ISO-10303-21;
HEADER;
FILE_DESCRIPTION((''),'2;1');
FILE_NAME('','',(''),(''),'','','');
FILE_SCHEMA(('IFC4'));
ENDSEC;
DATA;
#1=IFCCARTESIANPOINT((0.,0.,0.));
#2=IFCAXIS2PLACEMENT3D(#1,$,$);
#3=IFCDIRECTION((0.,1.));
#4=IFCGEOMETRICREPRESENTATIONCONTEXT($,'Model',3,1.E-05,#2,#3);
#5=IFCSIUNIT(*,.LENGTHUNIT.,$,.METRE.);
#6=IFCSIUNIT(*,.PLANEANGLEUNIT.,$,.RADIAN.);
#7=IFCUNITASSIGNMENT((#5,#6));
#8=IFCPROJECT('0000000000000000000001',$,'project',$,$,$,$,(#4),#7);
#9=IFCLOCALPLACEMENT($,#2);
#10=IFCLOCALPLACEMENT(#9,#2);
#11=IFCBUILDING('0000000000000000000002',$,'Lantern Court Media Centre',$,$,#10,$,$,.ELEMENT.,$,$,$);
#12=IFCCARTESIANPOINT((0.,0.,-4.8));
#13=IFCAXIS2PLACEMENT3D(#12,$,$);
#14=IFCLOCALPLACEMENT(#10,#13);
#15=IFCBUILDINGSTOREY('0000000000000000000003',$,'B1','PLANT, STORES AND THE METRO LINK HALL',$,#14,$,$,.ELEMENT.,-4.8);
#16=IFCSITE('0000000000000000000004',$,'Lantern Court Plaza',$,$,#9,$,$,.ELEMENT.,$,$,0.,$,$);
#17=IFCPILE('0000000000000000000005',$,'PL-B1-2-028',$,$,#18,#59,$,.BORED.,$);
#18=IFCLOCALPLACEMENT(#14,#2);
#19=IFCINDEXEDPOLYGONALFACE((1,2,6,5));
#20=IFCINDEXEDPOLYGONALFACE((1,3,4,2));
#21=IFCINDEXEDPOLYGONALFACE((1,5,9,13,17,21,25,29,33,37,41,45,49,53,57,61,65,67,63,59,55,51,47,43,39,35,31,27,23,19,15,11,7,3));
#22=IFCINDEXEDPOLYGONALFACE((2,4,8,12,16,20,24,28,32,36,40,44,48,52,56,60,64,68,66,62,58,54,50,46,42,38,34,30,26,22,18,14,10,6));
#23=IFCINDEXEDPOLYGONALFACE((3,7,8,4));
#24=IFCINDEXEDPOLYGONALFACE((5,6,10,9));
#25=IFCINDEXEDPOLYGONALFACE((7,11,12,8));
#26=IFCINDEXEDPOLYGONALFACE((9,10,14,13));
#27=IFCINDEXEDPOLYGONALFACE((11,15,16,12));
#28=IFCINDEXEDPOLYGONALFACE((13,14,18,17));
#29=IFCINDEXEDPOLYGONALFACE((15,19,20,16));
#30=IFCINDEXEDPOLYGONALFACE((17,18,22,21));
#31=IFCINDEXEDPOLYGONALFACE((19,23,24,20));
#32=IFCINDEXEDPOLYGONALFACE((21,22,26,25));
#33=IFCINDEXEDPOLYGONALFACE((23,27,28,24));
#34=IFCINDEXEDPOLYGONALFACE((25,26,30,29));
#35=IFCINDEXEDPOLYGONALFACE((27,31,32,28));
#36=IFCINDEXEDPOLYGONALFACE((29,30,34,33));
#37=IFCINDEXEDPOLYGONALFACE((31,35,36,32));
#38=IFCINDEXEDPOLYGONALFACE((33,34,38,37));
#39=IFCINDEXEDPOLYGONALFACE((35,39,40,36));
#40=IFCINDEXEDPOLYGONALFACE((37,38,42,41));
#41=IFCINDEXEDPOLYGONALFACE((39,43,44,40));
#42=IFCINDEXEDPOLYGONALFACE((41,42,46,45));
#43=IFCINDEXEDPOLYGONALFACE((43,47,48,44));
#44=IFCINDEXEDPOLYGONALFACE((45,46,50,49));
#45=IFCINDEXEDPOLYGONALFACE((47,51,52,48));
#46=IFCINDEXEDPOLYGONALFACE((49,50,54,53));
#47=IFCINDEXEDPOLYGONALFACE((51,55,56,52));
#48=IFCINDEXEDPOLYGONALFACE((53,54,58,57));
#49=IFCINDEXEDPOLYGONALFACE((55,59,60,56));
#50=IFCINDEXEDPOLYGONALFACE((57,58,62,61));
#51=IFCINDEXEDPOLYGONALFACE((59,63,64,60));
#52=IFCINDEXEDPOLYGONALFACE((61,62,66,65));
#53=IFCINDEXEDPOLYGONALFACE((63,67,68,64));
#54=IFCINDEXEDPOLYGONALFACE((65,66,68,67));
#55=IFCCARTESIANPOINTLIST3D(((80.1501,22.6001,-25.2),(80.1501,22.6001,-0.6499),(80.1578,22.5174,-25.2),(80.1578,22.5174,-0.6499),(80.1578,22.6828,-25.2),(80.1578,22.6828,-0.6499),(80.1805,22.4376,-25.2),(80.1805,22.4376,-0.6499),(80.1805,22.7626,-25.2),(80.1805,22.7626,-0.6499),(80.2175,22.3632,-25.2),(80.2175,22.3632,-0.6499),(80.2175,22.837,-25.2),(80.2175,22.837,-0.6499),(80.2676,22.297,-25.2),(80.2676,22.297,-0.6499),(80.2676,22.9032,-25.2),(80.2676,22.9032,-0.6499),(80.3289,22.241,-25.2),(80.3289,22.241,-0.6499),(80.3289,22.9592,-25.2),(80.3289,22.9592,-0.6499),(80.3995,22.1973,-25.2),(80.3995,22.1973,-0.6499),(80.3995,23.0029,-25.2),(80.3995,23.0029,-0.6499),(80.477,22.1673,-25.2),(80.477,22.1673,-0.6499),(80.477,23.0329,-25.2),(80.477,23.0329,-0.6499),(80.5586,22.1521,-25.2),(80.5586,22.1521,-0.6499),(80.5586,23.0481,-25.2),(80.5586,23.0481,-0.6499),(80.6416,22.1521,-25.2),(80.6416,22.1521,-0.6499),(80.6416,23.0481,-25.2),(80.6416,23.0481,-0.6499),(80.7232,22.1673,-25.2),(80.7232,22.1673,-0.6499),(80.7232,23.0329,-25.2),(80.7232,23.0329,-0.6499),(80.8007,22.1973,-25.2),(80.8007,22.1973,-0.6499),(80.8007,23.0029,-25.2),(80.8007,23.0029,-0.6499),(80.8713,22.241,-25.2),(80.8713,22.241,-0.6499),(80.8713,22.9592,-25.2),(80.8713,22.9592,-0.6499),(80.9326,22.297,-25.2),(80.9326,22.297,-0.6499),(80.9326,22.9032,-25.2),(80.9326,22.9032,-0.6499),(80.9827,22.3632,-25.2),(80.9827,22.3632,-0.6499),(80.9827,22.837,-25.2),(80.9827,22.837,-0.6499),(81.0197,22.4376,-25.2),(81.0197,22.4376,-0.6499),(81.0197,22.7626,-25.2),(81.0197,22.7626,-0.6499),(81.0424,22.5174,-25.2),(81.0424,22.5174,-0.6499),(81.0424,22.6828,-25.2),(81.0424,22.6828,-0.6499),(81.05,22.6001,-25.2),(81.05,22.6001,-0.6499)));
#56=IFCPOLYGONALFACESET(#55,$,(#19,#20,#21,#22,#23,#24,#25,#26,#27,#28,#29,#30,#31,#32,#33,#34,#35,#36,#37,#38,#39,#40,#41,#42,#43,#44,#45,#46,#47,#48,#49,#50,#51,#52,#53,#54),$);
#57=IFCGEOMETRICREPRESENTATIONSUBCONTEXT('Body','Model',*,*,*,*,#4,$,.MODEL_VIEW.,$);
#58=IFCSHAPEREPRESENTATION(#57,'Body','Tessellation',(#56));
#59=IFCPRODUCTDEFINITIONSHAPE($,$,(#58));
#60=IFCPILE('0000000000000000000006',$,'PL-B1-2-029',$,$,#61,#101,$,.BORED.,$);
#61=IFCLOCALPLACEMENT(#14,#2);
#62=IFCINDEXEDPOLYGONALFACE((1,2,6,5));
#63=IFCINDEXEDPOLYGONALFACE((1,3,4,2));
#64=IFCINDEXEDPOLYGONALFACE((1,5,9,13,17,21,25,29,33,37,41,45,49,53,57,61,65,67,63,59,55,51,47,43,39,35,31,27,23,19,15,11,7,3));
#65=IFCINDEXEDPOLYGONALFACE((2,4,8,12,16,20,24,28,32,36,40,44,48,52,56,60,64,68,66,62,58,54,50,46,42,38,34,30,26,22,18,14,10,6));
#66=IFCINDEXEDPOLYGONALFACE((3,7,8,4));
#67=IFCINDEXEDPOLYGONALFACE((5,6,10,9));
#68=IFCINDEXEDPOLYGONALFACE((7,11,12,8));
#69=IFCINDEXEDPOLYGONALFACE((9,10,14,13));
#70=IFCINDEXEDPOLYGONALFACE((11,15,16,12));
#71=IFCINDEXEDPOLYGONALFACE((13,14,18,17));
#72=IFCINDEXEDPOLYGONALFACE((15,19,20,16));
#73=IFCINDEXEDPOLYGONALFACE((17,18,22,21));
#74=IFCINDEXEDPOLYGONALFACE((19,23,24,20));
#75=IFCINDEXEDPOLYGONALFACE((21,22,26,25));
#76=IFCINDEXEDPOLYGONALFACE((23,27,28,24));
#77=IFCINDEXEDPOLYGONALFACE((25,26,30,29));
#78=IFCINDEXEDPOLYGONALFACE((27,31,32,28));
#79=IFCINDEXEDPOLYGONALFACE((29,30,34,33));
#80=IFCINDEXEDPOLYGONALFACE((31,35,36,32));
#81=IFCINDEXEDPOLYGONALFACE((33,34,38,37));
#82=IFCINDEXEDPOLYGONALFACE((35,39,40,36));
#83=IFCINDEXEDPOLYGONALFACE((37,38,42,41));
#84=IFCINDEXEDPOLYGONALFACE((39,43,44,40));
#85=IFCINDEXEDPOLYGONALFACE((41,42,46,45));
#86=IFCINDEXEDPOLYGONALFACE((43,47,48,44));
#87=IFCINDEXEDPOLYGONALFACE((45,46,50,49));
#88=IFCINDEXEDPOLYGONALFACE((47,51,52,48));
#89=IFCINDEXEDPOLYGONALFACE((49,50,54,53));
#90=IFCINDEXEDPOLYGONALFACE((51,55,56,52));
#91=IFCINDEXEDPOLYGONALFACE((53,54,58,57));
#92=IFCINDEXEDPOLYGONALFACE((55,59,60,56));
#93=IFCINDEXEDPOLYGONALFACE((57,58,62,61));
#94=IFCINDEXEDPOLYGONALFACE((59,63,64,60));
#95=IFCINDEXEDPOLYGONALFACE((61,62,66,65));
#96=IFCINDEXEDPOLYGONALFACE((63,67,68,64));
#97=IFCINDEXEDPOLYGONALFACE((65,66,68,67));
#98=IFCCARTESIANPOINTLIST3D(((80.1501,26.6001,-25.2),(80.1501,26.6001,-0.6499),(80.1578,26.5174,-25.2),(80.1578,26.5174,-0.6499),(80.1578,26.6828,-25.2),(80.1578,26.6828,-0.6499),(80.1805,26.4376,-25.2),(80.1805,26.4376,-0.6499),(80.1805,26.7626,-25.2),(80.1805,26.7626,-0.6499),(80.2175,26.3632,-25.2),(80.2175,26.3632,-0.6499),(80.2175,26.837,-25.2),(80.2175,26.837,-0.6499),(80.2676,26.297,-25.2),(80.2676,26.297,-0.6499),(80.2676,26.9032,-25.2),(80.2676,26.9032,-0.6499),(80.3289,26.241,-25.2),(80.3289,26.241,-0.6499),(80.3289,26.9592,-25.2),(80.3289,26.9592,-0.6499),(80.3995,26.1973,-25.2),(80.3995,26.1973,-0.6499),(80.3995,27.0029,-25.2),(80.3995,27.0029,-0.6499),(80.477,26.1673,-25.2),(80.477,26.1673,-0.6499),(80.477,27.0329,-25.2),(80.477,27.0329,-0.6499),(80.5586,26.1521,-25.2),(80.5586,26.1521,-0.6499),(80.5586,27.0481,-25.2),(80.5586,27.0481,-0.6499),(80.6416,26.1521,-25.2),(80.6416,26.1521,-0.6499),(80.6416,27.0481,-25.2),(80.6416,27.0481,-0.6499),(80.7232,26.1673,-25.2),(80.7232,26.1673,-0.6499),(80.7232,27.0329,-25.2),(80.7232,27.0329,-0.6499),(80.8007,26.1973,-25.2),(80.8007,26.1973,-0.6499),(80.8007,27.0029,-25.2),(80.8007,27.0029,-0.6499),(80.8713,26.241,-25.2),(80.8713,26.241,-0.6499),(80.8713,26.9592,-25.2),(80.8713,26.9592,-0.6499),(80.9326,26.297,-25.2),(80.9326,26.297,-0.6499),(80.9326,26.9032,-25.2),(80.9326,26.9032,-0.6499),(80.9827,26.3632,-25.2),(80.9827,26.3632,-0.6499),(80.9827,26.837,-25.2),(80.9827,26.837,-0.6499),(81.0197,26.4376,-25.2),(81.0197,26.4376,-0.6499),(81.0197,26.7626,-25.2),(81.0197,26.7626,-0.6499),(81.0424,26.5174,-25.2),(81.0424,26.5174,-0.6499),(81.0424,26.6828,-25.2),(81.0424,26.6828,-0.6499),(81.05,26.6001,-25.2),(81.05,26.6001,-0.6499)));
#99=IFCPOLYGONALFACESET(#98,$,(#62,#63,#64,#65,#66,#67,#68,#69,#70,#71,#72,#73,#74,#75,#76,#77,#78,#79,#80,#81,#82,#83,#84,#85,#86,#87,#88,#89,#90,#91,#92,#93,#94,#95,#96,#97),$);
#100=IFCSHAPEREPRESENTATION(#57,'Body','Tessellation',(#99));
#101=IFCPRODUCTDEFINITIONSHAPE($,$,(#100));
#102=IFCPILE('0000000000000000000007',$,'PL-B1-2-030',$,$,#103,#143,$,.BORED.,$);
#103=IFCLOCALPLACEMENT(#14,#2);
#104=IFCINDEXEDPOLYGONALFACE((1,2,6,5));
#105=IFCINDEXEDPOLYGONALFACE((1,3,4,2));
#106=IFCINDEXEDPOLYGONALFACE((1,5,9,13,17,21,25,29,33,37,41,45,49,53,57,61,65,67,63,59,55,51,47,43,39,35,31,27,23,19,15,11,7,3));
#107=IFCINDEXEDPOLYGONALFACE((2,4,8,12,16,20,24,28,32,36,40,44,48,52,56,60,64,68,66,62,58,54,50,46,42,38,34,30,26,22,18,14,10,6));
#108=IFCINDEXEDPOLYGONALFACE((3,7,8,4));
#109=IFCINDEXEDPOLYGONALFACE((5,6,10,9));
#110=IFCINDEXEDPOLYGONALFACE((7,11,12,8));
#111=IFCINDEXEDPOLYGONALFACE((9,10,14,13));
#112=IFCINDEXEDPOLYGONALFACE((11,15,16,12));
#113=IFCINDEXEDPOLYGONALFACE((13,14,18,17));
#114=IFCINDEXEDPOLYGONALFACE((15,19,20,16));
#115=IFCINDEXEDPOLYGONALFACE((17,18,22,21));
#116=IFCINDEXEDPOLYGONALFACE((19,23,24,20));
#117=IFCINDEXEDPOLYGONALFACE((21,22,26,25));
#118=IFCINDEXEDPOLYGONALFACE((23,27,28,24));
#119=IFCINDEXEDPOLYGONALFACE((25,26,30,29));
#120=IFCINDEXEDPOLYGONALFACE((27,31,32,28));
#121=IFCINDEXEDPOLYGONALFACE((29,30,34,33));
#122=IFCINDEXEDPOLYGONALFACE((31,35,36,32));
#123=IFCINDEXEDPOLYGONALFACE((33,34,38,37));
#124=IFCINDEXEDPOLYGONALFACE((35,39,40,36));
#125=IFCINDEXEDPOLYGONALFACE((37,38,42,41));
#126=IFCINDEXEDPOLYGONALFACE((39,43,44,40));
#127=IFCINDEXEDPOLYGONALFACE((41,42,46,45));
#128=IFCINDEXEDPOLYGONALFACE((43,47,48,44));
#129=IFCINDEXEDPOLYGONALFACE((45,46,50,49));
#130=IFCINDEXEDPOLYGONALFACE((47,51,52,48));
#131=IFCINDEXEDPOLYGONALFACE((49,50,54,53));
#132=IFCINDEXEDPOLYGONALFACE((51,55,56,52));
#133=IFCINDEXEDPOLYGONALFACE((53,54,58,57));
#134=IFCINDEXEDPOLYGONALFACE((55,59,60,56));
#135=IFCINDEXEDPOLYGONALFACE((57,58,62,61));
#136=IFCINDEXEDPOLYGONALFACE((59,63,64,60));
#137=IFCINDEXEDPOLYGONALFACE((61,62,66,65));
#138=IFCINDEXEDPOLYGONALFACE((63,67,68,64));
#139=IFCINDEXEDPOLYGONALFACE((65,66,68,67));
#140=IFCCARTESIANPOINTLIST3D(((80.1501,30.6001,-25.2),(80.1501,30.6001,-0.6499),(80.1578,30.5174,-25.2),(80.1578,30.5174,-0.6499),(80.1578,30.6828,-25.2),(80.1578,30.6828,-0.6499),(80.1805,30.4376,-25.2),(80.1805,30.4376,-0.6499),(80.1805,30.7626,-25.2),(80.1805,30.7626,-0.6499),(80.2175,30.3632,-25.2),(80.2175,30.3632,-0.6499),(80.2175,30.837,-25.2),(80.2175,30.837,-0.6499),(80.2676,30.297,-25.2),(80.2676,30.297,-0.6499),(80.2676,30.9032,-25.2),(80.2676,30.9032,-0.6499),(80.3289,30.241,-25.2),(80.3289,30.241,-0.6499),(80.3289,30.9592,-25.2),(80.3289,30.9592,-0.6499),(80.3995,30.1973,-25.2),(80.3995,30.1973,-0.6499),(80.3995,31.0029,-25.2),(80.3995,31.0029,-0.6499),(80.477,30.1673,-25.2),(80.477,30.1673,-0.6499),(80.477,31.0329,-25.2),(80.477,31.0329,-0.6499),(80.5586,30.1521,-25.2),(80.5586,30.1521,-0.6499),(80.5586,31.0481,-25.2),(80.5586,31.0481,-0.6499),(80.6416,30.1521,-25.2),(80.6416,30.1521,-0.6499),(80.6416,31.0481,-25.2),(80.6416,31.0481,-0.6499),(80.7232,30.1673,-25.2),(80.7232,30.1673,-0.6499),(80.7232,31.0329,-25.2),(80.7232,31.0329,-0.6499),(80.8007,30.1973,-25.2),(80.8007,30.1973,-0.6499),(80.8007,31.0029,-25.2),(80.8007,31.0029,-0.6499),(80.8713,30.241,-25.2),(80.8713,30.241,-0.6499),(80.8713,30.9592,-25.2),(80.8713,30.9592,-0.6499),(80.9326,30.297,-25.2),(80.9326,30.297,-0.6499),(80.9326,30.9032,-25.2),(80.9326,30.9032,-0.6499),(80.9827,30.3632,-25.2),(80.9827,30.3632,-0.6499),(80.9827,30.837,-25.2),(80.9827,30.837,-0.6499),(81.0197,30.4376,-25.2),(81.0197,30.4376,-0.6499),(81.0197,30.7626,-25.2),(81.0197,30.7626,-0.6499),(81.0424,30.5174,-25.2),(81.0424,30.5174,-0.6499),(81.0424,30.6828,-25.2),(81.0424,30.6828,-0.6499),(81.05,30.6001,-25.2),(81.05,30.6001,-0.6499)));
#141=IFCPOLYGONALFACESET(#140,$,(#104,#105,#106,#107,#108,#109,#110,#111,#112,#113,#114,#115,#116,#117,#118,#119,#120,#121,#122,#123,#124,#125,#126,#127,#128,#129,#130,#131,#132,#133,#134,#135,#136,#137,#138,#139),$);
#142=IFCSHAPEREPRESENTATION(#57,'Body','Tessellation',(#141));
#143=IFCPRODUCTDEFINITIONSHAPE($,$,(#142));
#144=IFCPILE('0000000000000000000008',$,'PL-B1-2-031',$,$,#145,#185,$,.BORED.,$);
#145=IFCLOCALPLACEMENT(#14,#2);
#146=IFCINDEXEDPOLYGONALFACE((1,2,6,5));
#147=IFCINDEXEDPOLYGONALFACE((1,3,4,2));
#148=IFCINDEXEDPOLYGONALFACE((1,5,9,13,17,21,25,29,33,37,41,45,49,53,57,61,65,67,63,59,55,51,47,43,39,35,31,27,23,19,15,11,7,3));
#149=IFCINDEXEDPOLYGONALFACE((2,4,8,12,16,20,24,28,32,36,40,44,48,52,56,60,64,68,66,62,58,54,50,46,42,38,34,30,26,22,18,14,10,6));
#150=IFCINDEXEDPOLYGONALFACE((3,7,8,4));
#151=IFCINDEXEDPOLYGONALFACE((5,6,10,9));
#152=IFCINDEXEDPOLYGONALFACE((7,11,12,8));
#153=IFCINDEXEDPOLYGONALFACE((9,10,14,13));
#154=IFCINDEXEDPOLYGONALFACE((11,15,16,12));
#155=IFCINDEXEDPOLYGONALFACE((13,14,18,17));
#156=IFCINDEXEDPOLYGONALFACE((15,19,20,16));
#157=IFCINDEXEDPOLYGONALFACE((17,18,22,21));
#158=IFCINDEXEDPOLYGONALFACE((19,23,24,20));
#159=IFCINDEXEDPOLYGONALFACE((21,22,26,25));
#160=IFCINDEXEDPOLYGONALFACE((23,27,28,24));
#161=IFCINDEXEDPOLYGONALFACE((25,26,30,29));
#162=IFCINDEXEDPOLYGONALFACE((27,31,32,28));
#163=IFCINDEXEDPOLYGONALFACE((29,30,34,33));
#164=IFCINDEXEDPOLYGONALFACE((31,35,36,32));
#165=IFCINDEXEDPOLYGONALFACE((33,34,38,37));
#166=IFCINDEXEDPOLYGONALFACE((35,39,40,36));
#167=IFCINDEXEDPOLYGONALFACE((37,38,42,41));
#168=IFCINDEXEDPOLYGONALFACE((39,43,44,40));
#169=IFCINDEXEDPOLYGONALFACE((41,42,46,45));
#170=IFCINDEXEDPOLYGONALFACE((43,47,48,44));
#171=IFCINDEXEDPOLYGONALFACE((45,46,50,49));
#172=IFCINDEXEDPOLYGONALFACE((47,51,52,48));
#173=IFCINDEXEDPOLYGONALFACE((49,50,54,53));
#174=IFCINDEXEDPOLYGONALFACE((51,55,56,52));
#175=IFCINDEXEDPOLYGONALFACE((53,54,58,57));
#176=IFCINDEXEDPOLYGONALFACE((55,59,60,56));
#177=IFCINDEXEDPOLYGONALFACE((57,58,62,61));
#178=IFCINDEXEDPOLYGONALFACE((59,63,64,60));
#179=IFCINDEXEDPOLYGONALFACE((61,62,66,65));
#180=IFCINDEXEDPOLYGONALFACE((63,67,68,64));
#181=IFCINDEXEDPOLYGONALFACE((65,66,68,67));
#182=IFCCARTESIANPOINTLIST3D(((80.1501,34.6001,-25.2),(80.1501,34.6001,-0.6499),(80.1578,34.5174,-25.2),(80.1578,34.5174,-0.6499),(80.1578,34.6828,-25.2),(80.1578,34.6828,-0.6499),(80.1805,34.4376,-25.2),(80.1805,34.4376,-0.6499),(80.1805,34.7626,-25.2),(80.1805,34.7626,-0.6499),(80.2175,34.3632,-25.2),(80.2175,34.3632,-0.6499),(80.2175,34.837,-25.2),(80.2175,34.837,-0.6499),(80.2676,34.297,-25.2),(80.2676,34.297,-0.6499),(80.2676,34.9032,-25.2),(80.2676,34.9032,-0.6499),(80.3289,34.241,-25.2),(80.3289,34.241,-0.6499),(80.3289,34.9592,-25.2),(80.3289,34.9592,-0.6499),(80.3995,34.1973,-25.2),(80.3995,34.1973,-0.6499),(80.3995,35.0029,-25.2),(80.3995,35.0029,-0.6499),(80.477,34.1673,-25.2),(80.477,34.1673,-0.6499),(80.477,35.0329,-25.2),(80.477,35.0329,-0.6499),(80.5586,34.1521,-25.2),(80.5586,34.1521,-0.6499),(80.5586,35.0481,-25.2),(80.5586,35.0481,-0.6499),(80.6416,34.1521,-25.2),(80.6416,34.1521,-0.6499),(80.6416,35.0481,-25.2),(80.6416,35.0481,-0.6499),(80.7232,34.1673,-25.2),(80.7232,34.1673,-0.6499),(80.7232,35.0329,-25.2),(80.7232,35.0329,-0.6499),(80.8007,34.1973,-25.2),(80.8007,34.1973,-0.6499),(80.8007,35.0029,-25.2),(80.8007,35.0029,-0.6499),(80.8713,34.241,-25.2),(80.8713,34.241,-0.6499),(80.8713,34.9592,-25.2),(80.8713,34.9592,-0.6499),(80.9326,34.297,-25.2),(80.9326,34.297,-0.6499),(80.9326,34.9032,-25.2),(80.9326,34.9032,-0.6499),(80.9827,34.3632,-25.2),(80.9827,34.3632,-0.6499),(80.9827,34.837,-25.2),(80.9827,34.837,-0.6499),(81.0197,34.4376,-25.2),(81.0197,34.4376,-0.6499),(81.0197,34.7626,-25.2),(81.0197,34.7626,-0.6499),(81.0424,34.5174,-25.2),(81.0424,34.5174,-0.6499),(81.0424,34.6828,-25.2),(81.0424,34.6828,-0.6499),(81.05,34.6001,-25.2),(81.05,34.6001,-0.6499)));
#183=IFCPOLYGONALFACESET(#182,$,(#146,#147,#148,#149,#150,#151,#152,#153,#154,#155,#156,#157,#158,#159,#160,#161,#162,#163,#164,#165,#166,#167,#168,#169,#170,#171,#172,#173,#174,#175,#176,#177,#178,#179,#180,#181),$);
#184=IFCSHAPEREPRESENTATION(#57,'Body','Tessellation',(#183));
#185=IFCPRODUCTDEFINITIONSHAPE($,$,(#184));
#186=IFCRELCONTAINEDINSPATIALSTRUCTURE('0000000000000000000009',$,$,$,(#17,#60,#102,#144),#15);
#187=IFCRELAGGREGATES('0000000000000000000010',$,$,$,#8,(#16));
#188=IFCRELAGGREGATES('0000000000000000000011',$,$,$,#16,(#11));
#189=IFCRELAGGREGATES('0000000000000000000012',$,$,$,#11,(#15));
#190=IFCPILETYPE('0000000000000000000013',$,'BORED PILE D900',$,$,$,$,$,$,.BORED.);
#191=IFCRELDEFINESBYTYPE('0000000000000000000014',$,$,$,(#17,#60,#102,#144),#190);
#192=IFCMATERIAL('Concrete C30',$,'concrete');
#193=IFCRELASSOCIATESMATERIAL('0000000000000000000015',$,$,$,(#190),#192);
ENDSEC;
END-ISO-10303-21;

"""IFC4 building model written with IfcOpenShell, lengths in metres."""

from ifc_helpers import new_model, si_unit, direction, frame, origin, origin_2d, place, context, subcontext, project, spatial, circle, extrude, material, material_profile, profile_set, type_object, element, save


model = new_model("IFC4")

# Units and contexts
model_context = context("Model", 3, precision=1e-05, world=origin(), true_north=direction((0.0, 1.0)))
body_context = subcontext(model_context, "Body", "Model", "MODEL_VIEW")
ifc_project = project(units=[si_unit("LENGTHUNIT", "METRE"), si_unit("PLANEANGLEUNIT", "RADIAN")], contexts=[model_context])

# Site, building, storey
site_placement = place(None, origin())
site = spatial("IfcSite", under=ifc_project, at=site_placement, Name="Lantern Court Plaza", CompositionType="ELEMENT", RefElevation=0.0)
building_placement = place(site_placement, origin())
building = spatial("IfcBuilding", under=site, at=building_placement, Name="Lantern Court Media Centre", CompositionType="ELEMENT")
storey_placement = place(building_placement, frame((0.0, 0.0, -4.8)))
storey = spatial("IfcBuildingStorey", under=building, at=storey_placement, Name="B1", Description="PLANT, STORES AND THE METRO LINK HALL", CompositionType="ELEMENT", Elevation=-4.8)

# Piles
ifc_material_1 = material(Name="Concrete C30", Category="concrete")
ifc_material_profile_1 = material_profile(ifc_material_1, circle(Radius=0.45, at=origin_2d()), Name="D900")
ifc_profile_set_1 = profile_set([ifc_material_profile_1], Name="Concrete C30")
pile_type = type_object("IfcPileType", Name="BORED PILE D900", PredefinedType="BORED", material=ifc_profile_set_1)
for number, where, z_axis, x_axis, name in (
    (1, (80.6001, 22.6001, -0.6499), (0.0, 0.0, -1.0), (1.0, 0.0, 0.0), "PL-B1-2-028"),
    (2, (80.6001, 26.6001, -0.6499), (0.0, 0.0, -1.0), (1.0, 0.0, 0.0), "PL-B1-2-029"),
    (3, (80.6001, 30.6001, -0.6499), (0.0, 0.0, -1.0), (1.0, 0.0, 0.0), "PL-B1-2-030"),
    (4, (80.6001, 34.6001, -0.6499), (0.0, 0.0, -1.0), (1.0, 0.0, 0.0), "PL-B1-2-031"),
):
    element("IfcPile", number, at=place(storey_placement, frame(where, z_axis=z_axis, x_axis=x_axis)), inside=storey, type_object=pile_type, Name=name, PredefinedType="BORED", context=body_context, shape_type="SweptSolid", body=[
        extrude(circle(Radius=0.45, at=origin_2d()), origin(), (0.0, 0.0, 1.0), 24.55),
    ])

save(model, "model.ifc")
